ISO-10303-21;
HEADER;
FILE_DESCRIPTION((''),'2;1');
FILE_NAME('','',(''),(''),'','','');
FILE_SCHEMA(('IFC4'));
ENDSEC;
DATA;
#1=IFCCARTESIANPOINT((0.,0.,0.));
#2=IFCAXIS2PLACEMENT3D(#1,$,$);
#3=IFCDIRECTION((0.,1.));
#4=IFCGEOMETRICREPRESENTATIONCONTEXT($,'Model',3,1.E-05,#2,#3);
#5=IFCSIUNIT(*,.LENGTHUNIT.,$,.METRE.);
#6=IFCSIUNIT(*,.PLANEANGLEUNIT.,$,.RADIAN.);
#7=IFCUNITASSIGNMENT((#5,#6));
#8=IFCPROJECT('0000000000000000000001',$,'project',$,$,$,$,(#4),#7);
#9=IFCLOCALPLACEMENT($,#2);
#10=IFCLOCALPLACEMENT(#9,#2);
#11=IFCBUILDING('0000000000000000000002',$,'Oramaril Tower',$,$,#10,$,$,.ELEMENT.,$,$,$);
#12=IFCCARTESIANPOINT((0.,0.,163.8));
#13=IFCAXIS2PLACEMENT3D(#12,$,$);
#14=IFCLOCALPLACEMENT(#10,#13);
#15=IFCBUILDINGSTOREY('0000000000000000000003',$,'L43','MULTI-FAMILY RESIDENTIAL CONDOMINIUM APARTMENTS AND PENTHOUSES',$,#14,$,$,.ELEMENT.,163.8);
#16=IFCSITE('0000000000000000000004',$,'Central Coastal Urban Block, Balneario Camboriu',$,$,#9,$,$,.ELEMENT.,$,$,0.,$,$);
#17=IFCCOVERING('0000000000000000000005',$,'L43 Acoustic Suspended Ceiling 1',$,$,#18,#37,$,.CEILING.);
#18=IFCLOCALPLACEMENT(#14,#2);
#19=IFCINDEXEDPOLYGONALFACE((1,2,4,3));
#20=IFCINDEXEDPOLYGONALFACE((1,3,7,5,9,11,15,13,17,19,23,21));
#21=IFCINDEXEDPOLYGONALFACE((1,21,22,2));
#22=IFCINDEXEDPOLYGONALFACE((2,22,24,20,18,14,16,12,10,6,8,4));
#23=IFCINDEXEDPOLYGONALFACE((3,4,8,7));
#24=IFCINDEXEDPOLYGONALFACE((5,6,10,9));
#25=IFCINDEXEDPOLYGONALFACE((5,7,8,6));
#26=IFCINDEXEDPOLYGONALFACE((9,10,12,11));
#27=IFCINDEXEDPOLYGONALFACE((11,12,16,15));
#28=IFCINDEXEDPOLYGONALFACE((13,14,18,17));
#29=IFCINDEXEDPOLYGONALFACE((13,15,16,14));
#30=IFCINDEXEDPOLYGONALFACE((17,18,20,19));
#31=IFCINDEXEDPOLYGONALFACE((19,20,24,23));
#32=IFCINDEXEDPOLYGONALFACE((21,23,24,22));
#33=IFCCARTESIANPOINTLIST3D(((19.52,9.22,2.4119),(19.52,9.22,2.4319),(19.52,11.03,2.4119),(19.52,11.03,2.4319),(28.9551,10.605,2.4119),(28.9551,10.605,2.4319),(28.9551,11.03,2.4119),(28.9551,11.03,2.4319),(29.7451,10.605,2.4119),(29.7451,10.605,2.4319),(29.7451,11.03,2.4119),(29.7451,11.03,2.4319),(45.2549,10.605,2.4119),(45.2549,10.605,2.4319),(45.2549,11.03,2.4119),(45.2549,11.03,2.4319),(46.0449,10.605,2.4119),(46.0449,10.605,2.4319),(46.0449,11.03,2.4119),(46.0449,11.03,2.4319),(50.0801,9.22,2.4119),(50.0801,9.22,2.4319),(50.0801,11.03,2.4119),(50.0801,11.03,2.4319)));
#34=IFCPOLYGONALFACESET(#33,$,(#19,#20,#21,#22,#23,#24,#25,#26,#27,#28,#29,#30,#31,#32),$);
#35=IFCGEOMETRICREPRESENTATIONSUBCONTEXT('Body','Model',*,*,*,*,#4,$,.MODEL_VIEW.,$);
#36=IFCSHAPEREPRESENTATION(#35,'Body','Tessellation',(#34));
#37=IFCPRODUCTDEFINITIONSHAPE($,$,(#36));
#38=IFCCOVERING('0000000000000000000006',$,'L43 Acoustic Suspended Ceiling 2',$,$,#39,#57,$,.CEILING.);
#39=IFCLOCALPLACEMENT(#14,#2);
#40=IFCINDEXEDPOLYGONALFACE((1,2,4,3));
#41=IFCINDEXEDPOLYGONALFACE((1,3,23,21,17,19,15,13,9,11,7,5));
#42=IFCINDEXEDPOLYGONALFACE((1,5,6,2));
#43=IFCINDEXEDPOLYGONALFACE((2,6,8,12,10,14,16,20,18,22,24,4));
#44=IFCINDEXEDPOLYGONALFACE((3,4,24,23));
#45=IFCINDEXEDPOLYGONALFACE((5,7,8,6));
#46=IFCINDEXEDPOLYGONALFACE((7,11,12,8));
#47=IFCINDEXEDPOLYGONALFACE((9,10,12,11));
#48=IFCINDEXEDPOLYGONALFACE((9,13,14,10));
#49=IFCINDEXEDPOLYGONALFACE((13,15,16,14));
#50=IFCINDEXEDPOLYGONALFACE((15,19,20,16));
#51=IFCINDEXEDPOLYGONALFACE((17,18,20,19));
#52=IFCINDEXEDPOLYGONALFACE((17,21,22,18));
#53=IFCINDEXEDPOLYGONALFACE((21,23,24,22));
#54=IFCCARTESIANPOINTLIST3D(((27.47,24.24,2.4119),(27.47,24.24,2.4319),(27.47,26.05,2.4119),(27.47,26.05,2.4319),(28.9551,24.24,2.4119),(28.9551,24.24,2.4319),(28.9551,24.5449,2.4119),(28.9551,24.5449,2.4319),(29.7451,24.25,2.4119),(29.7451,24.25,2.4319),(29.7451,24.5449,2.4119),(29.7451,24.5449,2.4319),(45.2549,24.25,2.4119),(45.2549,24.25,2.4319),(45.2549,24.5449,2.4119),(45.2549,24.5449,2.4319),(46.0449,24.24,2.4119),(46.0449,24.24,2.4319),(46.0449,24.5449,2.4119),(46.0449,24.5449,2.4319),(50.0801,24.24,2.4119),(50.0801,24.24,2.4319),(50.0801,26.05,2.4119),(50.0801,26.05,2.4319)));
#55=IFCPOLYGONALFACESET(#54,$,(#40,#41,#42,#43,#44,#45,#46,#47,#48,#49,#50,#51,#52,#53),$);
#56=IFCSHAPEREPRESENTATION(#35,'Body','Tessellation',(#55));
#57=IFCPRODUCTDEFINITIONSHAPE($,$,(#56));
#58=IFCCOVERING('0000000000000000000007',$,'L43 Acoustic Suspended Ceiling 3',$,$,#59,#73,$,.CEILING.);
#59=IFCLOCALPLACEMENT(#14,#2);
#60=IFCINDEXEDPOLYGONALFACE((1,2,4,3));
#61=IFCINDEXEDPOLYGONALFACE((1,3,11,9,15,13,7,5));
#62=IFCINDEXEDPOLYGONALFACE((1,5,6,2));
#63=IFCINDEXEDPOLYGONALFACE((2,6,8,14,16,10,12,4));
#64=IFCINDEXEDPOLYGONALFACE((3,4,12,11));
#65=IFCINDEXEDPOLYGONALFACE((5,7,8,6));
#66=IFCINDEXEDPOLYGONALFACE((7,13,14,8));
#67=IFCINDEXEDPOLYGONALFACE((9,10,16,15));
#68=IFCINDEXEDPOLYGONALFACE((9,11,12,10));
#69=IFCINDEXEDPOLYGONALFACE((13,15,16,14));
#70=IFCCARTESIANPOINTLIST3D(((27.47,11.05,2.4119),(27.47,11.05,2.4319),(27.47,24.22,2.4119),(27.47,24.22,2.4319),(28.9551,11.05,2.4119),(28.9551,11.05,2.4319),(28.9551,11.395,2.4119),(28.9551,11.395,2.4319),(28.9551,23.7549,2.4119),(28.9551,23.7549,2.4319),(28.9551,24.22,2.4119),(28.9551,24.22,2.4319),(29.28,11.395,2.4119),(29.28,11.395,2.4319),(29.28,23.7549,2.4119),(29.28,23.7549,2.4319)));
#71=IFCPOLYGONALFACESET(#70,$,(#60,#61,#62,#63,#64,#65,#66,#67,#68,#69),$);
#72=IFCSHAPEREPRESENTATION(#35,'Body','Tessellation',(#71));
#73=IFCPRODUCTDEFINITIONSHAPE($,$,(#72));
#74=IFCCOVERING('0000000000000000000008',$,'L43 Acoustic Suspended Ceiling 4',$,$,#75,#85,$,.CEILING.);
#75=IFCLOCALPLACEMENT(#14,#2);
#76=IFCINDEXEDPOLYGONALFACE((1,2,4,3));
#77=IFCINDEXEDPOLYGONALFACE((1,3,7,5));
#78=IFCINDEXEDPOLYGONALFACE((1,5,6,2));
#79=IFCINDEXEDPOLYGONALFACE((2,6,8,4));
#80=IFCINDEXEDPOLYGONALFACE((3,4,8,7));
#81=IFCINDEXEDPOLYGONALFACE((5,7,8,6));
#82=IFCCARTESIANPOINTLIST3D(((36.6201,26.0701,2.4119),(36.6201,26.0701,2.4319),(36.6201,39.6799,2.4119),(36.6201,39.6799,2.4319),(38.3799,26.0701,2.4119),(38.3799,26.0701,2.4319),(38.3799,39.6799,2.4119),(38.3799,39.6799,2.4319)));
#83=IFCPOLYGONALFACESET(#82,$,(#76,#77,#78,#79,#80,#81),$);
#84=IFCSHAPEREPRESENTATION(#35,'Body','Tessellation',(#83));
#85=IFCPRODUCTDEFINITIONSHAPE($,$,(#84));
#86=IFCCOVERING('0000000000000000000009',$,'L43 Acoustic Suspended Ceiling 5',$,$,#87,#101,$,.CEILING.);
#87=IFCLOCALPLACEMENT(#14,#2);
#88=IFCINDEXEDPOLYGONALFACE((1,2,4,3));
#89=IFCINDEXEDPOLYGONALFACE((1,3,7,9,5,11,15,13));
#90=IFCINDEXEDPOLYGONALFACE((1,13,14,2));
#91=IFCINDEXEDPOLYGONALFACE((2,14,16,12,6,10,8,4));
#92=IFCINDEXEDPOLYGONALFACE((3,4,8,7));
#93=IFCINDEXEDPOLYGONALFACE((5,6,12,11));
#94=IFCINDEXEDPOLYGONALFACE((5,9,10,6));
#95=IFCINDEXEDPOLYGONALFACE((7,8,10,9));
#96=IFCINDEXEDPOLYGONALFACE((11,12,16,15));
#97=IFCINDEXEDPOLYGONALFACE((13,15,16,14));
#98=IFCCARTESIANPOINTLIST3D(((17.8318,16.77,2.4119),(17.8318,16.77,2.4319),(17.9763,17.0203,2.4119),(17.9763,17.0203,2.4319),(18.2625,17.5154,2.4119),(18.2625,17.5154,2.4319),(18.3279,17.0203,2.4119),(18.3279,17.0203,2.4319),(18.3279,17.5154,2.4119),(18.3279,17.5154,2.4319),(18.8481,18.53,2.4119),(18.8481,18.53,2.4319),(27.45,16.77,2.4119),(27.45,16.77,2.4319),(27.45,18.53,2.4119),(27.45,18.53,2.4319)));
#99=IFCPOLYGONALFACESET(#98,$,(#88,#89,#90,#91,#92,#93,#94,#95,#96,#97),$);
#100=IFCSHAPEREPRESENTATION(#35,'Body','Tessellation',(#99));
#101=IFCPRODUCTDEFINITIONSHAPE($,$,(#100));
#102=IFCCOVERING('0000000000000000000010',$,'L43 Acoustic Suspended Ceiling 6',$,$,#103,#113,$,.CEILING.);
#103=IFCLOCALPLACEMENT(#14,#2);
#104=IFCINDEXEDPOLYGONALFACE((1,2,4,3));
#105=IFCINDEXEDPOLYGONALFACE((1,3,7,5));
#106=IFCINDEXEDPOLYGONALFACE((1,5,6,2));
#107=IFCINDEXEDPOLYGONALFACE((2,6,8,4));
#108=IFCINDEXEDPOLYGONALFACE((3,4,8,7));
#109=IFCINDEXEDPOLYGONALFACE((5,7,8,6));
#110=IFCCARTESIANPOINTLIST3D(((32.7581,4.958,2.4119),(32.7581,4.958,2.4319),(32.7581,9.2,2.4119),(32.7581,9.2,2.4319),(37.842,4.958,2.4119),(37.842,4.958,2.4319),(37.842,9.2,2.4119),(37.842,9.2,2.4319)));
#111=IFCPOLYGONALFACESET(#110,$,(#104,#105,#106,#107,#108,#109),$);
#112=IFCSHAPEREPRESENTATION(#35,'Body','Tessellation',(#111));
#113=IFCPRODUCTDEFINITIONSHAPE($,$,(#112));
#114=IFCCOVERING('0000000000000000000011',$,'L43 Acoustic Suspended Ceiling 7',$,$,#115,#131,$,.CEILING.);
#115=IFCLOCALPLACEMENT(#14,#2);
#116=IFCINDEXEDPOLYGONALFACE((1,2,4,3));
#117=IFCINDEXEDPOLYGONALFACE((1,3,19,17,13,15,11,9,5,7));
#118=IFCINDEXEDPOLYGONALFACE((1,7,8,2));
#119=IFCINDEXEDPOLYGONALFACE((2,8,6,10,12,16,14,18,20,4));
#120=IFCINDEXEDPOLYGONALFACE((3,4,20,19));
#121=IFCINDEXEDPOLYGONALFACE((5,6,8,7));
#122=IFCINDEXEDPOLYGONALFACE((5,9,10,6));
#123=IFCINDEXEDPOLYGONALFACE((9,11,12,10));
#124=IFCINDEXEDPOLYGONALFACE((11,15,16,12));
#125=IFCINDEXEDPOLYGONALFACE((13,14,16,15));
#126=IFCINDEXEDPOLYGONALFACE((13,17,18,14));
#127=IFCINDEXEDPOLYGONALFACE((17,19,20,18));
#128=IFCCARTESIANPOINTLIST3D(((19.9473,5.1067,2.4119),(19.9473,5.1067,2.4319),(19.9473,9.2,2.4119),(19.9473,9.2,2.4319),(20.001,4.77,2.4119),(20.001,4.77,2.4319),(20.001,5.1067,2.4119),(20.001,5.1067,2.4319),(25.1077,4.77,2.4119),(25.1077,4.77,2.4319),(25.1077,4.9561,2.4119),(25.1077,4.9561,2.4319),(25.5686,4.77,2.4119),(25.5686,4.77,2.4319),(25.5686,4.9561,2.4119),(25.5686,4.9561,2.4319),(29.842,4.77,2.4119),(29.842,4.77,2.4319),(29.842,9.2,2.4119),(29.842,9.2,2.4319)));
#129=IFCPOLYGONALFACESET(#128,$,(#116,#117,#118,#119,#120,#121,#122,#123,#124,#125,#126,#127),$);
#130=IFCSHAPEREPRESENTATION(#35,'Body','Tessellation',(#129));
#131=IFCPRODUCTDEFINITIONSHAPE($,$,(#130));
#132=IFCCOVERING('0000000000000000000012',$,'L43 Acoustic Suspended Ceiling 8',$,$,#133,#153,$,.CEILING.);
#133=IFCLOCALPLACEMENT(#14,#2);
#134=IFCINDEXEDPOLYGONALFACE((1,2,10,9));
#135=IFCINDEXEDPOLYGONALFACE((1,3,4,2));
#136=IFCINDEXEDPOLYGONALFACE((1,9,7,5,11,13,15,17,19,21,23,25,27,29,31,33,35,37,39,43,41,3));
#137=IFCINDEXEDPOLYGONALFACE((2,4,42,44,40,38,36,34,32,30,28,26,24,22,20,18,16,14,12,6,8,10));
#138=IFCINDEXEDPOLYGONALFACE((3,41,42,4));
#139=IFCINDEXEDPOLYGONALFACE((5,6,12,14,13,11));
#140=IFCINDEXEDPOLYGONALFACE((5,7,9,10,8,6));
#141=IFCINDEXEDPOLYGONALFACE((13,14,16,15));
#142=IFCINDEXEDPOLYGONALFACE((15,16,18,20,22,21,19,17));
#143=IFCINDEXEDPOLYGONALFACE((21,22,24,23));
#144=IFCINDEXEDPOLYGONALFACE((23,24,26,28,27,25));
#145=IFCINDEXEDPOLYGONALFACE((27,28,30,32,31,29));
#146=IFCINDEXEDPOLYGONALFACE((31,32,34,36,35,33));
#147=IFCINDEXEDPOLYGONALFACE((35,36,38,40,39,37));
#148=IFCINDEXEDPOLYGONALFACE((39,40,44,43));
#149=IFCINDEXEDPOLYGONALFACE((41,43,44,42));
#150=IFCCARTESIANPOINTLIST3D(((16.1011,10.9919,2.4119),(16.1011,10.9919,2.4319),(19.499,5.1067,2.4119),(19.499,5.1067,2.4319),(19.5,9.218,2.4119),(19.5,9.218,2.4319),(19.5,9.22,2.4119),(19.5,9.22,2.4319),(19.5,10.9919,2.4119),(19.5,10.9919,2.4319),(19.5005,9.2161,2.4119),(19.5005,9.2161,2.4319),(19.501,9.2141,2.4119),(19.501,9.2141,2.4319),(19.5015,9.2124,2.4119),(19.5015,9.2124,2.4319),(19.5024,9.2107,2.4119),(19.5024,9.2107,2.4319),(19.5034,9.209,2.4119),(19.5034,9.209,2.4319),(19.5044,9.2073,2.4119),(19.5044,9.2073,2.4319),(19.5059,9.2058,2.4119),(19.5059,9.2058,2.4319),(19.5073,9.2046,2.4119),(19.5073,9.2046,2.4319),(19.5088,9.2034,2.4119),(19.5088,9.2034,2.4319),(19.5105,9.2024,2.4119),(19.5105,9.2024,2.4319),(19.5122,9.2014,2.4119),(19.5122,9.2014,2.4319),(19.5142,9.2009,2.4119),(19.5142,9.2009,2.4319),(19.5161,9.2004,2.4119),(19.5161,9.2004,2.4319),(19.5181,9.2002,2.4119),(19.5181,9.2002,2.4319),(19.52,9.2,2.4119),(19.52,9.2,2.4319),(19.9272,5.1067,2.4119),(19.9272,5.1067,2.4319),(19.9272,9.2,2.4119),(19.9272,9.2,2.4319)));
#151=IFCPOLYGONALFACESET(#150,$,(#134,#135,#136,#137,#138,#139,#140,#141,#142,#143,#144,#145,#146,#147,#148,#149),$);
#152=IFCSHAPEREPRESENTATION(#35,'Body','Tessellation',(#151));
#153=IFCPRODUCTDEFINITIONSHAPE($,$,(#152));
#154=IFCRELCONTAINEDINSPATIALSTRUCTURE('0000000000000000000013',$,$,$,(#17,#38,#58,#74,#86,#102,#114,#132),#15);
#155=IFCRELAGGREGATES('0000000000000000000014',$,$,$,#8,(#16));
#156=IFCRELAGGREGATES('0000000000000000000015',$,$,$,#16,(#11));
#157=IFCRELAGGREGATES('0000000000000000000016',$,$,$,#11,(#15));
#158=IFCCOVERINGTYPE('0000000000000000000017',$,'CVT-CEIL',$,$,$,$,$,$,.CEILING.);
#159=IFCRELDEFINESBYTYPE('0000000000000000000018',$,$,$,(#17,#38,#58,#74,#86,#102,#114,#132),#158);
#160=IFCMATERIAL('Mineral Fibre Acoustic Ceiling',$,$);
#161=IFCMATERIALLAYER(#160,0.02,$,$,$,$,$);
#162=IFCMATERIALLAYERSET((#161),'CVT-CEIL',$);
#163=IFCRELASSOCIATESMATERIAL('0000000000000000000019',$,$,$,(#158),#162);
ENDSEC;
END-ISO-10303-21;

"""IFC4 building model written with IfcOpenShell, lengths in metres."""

from ifc_helpers import new_model, si_unit, direction, frame, origin, place, context, subcontext, project, spatial, polyline, outline, extrude, material, layer, layer_set, type_object, element, save


model = new_model("IFC4")

# Units and contexts
model_context = context("Model", 3, precision=1e-05, world=origin(), true_north=direction((0.0, 1.0)))
body_context = subcontext(model_context, "Body", "Model", "MODEL_VIEW")
ifc_project = project(units=[si_unit("LENGTHUNIT", "METRE"), si_unit("PLANEANGLEUNIT", "RADIAN")], contexts=[model_context])

# Site, building, storey
site_placement = place(None, origin())
site = spatial("IfcSite", under=ifc_project, at=site_placement, Name="Central Coastal Urban Block, Balneario Camboriu", CompositionType="ELEMENT", RefElevation=0.0)
building_placement = place(site_placement, origin())
building = spatial("IfcBuilding", under=site, at=building_placement, Name="Oramaril Tower", CompositionType="ELEMENT")
storey_placement = place(building_placement, frame((0.0, 0.0, 163.8)))
storey = spatial("IfcBuildingStorey", under=building, at=storey_placement, Name="L43", Description="MULTI-FAMILY RESIDENTIAL CONDOMINIUM APARTMENTS AND PENTHOUSES", CompositionType="ELEMENT", Elevation=163.8)

# Coverings
ifc_material_1 = material(Name="Mineral Fibre Acoustic Ceiling")
ifc_layer_1 = layer(ifc_material_1, 0.02)
ifc_layer_set_1 = layer_set([ifc_layer_1], Name="CVT-CEIL")
covering_type_1 = type_object("IfcCoveringType", Name="CVT-CEIL", PredefinedType="CEILING", material=ifc_layer_set_1)
covering_1_placement = place(storey_placement, frame((0.0, 0.0, 2.4119)))
element("IfcCovering", 1, at=covering_1_placement, inside=storey, type_object=covering_type_1, Name="L43 Acoustic Suspended Ceiling 1", PredefinedType="CEILING", context=body_context, shape_type="SweptSolid", body=[
    extrude(outline(polyline([(28.9551, 10.605), (29.7451, 10.605), (29.7451, 11.03), (45.2549, 11.03), (45.2549, 10.605), (46.0449, 10.605), (46.0449, 11.03), (50.0801, 11.03), (50.0801, 9.22), (19.52, 9.22), (19.52, 11.03), (28.9551, 11.03), (28.9551, 10.605)])), origin(), (0.0, 0.0, 1.0), 0.02),
])
covering_2_placement = place(storey_placement, frame((0.0, 0.0, 2.4119)))
element("IfcCovering", 2, at=covering_2_placement, inside=storey, type_object=covering_type_1, Name="L43 Acoustic Suspended Ceiling 2", PredefinedType="CEILING", context=body_context, shape_type="SweptSolid", body=[
    extrude(outline(polyline([(50.0801, 24.24), (46.0449, 24.24), (46.0449, 24.5449), (45.2549, 24.5449), (45.2549, 24.25), (29.7451, 24.25), (29.7451, 24.5449), (28.9551, 24.5449), (28.9551, 24.24), (27.47, 24.24), (27.47, 26.05), (50.0801, 26.05), (50.0801, 24.24)])), origin(), (0.0, 0.0, 1.0), 0.02),
])
covering_3_placement = place(storey_placement, frame((0.0, 0.0, 2.4119)))
element("IfcCovering", 3, at=covering_3_placement, inside=storey, type_object=covering_type_1, Name="L43 Acoustic Suspended Ceiling 3", PredefinedType="CEILING", context=body_context, shape_type="SweptSolid", body=[
    extrude(outline(polyline([(28.9551, 23.7549), (29.28, 23.7549), (29.28, 11.395), (28.9551, 11.395), (28.9551, 11.05), (27.47, 11.05), (27.47, 24.22), (28.9551, 24.22), (28.9551, 23.7549)])), origin(), (0.0, 0.0, 1.0), 0.02),
])
covering_4_placement = place(storey_placement, frame((0.0, 0.0, 2.4119)))
element("IfcCovering", 4, at=covering_4_placement, inside=storey, type_object=covering_type_1, Name="L43 Acoustic Suspended Ceiling 4", PredefinedType="CEILING", context=body_context, shape_type="SweptSolid", body=[
    extrude(outline(polyline([(38.3799, 26.0701), (36.6201, 26.0701), (36.6201, 39.6799), (38.3799, 39.6799), (38.3799, 26.0701)])), origin(), (0.0, 0.0, 1.0), 0.02),
])
covering_5_placement = place(storey_placement, frame((0.0, 0.0, 2.4119)))
element("IfcCovering", 5, at=covering_5_placement, inside=storey, type_object=covering_type_1, Name="L43 Acoustic Suspended Ceiling 5", PredefinedType="CEILING", context=body_context, shape_type="SweptSolid", body=[
    extrude(outline(polyline([(17.8318, 16.77), (17.9763, 17.0203), (18.3279, 17.0203), (18.3279, 17.5154), (18.2625, 17.5154), (18.8481, 18.53), (27.45, 18.53), (27.45, 16.77), (17.8318, 16.77)])), origin(), (0.0, 0.0, 1.0), 0.02),
])
covering_6_placement = place(storey_placement, frame((0.0, 0.0, 2.4119)))
element("IfcCovering", 6, at=covering_6_placement, inside=storey, type_object=covering_type_1, Name="L43 Acoustic Suspended Ceiling 6", PredefinedType="CEILING", context=body_context, shape_type="SweptSolid", body=[
    extrude(outline(polyline([(32.7581, 4.958), (32.7581, 9.2), (37.842, 9.2), (37.842, 4.958), (32.7581, 4.958)])), origin(), (0.0, 0.0, 1.0), 0.02),
])
covering_7_placement = place(storey_placement, frame((0.0, 0.0, 2.4119)))
element("IfcCovering", 7, at=covering_7_placement, inside=storey, type_object=covering_type_1, Name="L43 Acoustic Suspended Ceiling 7", PredefinedType="CEILING", context=body_context, shape_type="SweptSolid", body=[
    extrude(outline(polyline([(25.5686, 4.9561), (25.1077, 4.9561), (25.1077, 4.77), (20.001, 4.77), (20.001, 5.1067), (19.9473, 5.1067), (19.9473, 9.2), (29.842, 9.2), (29.842, 4.77), (25.5686, 4.77), (25.5686, 4.9561)])), origin(), (0.0, 0.0, 1.0), 0.02),
])
covering_8_placement = place(storey_placement, frame((0.0, 0.0, 2.4119)))
element("IfcCovering", 8, at=covering_8_placement, inside=storey, type_object=covering_type_1, Name="L43 Acoustic Suspended Ceiling 8", PredefinedType="CEILING", context=body_context, shape_type="SweptSolid", body=[
    extrude(outline(polyline([(19.499, 5.1067), (16.1011, 10.9919), (19.5, 10.9919), (19.5, 9.22), (19.5, 9.218), (19.5005, 9.2161), (19.501, 9.2141), (19.5015, 9.2124), (19.5024, 9.2107), (19.5034, 9.209), (19.5044, 9.2073), (19.5059, 9.2058), (19.5073, 9.2046), (19.5088, 9.2034), (19.5105, 9.2024), (19.5122, 9.2014), (19.5142, 9.2009), (19.5161, 9.2004), (19.5181, 9.2002), (19.52, 9.2), (19.9272, 9.2), (19.9272, 5.1067), (19.499, 5.1067)])), origin(), (0.0, 0.0, 1.0), 0.02),
])

save(model, "model.ifc")
